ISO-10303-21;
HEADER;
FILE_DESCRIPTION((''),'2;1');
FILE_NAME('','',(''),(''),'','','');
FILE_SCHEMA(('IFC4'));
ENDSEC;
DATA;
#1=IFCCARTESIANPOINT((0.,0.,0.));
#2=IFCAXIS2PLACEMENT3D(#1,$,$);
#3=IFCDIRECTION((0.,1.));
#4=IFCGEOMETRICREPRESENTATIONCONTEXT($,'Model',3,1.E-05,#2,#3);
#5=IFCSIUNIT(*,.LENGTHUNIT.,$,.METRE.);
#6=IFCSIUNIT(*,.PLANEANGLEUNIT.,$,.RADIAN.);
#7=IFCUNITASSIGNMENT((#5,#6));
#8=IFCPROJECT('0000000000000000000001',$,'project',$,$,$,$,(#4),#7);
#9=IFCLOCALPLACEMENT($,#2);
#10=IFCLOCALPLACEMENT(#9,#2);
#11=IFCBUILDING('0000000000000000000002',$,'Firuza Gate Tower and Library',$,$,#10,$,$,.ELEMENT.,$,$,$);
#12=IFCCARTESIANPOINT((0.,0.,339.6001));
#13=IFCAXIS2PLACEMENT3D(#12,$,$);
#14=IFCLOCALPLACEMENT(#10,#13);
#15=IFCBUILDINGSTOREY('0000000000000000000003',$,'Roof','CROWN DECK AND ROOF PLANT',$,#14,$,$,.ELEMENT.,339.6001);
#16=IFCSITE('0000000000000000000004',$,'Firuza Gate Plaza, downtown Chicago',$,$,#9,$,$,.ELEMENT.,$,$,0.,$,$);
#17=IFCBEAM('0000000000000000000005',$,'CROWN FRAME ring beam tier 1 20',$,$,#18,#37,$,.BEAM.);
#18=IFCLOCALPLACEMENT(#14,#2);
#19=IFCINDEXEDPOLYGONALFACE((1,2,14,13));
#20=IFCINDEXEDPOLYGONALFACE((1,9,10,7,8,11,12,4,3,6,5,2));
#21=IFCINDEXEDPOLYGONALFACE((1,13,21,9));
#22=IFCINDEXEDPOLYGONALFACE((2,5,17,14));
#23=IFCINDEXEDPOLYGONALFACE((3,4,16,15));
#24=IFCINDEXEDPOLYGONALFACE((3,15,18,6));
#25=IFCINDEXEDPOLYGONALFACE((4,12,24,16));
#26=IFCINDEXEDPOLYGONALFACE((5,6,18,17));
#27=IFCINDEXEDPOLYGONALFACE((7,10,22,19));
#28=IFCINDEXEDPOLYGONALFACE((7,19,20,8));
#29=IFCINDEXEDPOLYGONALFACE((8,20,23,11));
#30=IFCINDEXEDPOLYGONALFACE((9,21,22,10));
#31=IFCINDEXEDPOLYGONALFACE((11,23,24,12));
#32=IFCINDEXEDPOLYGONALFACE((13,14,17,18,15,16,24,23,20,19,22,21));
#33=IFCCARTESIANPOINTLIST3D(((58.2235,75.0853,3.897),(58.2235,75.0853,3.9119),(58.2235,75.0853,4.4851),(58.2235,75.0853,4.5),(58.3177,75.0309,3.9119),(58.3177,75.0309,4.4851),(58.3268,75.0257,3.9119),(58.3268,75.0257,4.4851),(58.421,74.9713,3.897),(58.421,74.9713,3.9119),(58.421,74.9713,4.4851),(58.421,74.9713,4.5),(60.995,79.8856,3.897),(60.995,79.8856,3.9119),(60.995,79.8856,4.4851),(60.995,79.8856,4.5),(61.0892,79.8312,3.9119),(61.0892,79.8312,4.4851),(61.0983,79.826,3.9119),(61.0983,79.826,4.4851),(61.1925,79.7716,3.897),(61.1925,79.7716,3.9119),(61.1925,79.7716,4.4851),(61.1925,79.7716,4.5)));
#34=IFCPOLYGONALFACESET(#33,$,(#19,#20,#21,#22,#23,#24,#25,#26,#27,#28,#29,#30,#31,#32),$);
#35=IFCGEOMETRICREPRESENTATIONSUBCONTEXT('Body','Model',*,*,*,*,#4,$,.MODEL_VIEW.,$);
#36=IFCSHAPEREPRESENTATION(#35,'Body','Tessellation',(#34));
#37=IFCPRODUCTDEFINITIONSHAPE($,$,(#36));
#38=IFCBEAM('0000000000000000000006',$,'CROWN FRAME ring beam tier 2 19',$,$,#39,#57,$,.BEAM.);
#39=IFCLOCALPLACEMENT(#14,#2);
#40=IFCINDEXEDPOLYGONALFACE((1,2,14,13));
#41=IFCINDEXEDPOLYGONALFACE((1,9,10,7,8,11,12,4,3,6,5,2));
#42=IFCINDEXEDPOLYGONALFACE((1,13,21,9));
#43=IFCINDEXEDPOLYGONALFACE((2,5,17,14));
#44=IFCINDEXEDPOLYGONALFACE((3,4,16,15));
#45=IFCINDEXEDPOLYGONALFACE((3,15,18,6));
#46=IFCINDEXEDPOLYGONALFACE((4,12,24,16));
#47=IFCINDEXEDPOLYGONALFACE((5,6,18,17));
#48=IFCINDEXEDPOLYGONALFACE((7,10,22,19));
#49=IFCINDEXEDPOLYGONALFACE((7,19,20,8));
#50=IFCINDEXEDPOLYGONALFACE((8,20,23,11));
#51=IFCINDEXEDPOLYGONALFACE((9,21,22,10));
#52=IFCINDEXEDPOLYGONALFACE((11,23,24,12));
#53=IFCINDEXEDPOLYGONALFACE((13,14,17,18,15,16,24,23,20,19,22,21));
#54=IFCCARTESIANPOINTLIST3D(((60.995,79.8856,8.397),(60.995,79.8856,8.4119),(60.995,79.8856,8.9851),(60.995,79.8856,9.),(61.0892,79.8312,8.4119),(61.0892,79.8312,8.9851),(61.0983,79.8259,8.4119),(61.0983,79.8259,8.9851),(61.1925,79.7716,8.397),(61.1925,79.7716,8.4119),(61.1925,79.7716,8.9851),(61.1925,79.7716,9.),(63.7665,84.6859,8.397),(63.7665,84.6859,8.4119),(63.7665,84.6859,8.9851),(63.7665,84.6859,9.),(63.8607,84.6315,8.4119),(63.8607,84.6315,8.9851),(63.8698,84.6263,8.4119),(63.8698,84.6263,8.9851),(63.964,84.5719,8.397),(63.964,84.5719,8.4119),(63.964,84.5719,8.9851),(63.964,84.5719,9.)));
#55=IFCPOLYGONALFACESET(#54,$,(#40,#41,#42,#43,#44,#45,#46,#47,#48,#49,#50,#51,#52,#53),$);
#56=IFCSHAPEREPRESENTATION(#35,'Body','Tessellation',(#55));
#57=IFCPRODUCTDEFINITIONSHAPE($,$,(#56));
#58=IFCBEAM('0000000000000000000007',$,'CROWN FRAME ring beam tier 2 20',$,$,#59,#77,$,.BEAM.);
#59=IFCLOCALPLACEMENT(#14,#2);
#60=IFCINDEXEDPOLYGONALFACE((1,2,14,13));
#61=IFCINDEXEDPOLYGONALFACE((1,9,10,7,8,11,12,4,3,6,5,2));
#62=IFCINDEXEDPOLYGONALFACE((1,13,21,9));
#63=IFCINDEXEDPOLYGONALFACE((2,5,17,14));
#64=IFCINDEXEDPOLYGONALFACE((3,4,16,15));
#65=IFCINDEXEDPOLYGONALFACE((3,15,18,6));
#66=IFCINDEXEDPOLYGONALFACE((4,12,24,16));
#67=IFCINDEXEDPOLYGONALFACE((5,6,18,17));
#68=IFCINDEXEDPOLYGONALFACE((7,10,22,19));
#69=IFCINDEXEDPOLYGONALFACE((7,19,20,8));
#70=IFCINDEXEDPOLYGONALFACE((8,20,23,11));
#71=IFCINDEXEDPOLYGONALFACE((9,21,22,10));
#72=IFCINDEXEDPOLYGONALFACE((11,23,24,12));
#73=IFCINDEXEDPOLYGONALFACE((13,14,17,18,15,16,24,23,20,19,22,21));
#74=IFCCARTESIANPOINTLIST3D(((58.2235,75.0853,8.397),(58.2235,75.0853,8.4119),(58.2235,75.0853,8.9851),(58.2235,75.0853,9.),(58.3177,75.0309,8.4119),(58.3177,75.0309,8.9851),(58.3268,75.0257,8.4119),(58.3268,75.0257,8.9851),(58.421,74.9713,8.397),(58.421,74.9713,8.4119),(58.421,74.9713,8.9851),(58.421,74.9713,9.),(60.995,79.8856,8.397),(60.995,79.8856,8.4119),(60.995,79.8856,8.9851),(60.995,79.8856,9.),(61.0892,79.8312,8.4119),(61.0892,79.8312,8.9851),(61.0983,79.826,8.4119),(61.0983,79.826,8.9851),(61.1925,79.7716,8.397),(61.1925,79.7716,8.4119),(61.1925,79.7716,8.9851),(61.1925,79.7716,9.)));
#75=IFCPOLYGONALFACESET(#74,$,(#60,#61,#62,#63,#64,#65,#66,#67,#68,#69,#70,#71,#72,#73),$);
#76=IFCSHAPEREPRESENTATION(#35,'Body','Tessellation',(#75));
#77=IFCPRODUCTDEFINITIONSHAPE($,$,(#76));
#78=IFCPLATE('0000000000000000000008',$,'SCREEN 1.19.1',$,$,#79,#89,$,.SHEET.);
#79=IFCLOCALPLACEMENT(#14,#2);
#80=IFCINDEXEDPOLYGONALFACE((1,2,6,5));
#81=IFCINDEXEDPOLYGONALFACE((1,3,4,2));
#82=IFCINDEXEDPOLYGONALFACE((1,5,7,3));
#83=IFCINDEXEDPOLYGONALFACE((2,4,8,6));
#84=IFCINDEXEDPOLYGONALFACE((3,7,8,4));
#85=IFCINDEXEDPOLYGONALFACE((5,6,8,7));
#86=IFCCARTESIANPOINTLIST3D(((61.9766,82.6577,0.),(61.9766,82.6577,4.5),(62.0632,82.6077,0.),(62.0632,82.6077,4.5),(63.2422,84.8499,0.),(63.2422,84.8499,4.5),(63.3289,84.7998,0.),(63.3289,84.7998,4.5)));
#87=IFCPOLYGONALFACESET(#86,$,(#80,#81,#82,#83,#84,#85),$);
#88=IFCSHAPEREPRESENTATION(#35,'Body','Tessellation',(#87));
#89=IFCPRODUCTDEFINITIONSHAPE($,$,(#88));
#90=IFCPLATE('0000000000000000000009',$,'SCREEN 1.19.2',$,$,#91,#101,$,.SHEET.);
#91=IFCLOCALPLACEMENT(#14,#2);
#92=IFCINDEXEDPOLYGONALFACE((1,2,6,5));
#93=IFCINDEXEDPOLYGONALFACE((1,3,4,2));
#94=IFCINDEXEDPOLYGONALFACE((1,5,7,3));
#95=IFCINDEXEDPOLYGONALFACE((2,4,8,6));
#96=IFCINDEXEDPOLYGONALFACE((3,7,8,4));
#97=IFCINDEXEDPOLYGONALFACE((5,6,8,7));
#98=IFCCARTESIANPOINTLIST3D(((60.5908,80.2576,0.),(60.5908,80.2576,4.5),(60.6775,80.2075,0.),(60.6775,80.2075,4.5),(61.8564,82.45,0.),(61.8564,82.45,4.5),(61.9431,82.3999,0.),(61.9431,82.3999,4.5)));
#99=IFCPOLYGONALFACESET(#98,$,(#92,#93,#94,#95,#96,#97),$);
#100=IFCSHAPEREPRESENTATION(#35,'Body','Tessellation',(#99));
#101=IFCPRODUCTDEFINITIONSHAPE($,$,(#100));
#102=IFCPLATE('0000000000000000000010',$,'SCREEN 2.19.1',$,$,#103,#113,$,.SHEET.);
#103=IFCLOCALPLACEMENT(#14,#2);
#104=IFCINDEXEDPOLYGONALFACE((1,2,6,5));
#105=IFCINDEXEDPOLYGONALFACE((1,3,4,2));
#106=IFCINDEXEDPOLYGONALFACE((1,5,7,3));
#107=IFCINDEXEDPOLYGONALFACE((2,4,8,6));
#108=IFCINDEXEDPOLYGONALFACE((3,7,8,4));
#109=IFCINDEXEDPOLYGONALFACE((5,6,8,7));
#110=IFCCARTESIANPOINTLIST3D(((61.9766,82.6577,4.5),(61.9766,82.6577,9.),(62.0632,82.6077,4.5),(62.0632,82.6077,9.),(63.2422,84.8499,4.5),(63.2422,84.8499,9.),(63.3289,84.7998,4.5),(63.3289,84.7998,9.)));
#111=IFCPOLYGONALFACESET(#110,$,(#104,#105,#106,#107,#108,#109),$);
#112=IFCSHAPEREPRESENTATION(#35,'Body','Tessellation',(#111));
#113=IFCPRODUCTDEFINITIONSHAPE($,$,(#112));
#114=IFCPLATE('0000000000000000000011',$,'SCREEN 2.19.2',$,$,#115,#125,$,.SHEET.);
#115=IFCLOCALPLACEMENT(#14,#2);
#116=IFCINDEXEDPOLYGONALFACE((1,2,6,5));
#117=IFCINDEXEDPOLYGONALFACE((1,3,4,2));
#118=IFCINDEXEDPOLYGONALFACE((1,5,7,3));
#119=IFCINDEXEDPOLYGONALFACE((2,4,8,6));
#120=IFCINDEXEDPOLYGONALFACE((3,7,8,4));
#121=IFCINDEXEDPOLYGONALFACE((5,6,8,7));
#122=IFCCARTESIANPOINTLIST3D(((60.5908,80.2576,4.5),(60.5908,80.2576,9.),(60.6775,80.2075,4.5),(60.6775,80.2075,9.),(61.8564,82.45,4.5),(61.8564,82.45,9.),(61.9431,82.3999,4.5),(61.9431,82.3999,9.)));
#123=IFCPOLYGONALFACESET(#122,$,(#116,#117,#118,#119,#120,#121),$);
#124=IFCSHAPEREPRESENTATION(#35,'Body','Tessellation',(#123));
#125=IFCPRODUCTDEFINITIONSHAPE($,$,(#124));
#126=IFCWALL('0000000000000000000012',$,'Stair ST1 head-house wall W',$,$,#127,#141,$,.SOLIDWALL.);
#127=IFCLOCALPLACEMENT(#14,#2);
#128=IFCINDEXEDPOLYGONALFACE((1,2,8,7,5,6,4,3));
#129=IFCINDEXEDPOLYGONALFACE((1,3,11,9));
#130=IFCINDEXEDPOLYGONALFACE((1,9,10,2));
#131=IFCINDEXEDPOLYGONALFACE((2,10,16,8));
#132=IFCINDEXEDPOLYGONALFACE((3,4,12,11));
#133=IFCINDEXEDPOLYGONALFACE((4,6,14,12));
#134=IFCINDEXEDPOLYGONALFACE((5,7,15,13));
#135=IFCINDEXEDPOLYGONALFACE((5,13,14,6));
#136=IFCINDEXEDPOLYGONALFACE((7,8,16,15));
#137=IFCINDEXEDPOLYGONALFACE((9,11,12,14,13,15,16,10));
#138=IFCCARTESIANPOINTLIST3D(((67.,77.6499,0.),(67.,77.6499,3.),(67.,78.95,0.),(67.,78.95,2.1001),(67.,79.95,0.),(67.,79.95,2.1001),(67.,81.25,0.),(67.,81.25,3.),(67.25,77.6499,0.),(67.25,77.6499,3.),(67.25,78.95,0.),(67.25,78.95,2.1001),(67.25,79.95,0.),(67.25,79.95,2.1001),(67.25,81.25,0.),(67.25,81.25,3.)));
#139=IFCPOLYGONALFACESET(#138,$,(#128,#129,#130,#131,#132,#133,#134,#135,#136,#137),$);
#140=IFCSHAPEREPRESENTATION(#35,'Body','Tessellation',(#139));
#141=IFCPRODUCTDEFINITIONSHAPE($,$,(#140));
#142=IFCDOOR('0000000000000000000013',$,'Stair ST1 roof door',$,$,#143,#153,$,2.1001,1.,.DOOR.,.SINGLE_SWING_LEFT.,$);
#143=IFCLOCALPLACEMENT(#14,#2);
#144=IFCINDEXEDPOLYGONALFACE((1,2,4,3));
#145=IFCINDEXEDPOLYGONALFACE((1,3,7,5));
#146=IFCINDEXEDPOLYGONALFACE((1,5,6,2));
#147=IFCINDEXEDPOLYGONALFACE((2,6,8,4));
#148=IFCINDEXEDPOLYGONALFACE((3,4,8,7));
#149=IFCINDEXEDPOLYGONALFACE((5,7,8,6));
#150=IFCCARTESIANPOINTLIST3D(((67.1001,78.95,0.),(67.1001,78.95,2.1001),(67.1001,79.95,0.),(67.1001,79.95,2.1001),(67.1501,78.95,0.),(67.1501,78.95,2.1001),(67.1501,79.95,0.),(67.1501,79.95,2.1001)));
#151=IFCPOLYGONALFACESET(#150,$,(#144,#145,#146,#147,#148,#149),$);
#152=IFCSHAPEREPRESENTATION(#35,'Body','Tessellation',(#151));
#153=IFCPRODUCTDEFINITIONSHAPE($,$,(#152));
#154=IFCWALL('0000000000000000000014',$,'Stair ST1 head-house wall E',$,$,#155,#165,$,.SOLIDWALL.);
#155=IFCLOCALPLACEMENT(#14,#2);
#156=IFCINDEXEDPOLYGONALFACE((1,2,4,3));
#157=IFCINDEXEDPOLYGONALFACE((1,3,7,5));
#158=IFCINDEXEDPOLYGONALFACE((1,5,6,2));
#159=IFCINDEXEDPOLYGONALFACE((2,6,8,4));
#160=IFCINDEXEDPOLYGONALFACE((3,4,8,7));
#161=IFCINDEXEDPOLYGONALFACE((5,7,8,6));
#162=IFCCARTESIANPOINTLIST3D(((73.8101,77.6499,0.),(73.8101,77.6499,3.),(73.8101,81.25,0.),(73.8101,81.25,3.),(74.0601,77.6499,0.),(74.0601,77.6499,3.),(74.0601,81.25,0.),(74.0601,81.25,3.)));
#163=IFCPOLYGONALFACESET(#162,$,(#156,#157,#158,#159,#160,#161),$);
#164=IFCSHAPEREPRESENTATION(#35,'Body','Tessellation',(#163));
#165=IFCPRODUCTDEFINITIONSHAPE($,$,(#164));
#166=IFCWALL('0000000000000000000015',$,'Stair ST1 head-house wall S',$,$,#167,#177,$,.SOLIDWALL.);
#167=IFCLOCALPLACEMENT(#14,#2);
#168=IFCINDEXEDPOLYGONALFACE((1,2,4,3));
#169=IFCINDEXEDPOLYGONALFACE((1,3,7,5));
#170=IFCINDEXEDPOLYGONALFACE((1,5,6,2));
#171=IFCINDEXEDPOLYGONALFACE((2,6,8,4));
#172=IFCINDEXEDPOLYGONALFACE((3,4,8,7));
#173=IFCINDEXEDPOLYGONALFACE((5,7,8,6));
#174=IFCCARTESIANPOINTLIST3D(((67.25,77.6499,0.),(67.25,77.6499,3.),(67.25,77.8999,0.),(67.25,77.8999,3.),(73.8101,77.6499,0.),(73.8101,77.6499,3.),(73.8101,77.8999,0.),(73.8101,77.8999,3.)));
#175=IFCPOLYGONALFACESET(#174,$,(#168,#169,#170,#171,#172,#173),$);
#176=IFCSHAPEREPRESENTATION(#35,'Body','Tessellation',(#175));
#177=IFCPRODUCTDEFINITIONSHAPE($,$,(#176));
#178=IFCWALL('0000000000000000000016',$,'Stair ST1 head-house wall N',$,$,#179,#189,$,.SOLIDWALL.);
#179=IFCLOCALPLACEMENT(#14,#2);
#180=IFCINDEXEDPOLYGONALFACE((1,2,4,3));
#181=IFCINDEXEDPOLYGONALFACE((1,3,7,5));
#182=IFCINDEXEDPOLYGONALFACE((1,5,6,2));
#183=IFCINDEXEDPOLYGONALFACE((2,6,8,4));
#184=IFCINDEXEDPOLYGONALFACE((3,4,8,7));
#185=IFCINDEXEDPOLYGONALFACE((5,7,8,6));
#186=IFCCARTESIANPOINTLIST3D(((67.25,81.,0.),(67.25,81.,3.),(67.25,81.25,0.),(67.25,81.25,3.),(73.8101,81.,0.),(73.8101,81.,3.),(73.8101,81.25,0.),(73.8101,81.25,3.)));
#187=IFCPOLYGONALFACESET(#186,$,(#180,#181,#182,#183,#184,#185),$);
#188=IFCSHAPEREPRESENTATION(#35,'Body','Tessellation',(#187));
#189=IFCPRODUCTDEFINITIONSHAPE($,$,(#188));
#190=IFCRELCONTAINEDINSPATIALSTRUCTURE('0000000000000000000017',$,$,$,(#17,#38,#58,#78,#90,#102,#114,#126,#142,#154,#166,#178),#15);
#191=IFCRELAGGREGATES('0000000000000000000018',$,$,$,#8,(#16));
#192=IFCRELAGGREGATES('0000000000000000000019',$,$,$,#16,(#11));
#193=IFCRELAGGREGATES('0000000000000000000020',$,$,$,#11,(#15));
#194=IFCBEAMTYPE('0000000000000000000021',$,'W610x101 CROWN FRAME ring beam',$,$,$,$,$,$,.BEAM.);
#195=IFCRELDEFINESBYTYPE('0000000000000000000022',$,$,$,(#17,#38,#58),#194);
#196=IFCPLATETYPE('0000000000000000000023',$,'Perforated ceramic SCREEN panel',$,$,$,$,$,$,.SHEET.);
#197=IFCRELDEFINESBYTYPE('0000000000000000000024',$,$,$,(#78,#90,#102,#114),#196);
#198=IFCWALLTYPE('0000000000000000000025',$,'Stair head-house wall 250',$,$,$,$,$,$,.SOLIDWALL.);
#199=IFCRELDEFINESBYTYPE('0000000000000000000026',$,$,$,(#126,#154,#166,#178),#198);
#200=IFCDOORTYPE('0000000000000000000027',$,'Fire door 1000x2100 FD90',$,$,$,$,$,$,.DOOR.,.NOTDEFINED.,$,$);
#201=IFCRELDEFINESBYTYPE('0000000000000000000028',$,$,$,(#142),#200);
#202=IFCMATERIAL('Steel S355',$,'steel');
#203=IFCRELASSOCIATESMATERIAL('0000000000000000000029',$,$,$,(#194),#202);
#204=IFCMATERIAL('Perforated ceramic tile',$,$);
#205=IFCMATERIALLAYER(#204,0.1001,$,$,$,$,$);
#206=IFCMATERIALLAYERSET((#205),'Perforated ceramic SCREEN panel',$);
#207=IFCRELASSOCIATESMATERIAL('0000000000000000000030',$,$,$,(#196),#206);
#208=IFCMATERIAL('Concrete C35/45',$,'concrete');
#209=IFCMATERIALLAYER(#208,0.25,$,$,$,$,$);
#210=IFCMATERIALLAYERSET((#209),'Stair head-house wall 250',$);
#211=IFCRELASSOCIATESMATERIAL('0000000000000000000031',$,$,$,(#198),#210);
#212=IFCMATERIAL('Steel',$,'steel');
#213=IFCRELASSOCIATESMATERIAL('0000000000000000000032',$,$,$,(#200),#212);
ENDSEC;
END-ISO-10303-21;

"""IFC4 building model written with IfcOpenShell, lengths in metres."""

from ifc_helpers import new_model, si_unit, direction, frame, frame_2d, origin, origin_2d, place, context, subcontext, project, spatial, polyline, rectangle, i_section, outline, extrude, material, layer, layer_set, material_profile, profile_set, type_object, element, fill, save


model = new_model("IFC4")

# Units and contexts
model_context = context("Model", 3, precision=1e-05, world=origin(), true_north=direction((0.0, 1.0)))
body_context = subcontext(model_context, "Body", "Model", "MODEL_VIEW")
ifc_project = project(units=[si_unit("LENGTHUNIT", "METRE"), si_unit("PLANEANGLEUNIT", "RADIAN")], contexts=[model_context])

# Site, building, storey
site_placement = place(None, origin())
site = spatial("IfcSite", under=ifc_project, at=site_placement, Name="Firuza Gate Plaza, downtown Chicago", CompositionType="ELEMENT", RefElevation=0.0)
building_placement = place(site_placement, origin())
building = spatial("IfcBuilding", under=site, at=building_placement, Name="Firuza Gate Tower and Library", CompositionType="ELEMENT")
storey_placement = place(building_placement, frame((0.0, 0.0, 339.6001)))
storey = spatial("IfcBuildingStorey", under=building, at=storey_placement, Name="Roof", Description="CROWN DECK AND ROOF PLANT", CompositionType="ELEMENT", Elevation=339.6001)

# Beams
ifc_material_1 = material(Name="Steel S355", Category="steel")
ifc_material_profile_1 = material_profile(ifc_material_1, i_section(OverallWidth=0.228, OverallDepth=0.603, WebThickness=0.0105, FlangeThickness=0.0149, at=origin_2d()))
ifc_profile_set_1 = profile_set([ifc_material_profile_1], Name="Steel S355")
beam_type = type_object("IfcBeamType", Name="W610x101 CROWN FRAME ring beam", PredefinedType="BEAM", material=ifc_profile_set_1)
for number, where, z_axis, x_axis, name in (
    (1, (61.0938, 79.8286, 4.1985), (-0.500005, -0.866023, 0.0), (0.866023, -0.500005, 0.0), "CROWN FRAME ring beam tier 1 20"),
    (2, (63.8652, 84.6289, 8.6985), (-0.500005, -0.866023, 0.0), (0.866023, -0.500005, 0.0), "CROWN FRAME ring beam tier 2 19"),
    (3, (61.0938, 79.8286, 8.6985), (-0.500005, -0.866023, 0.0), (0.866023, -0.500005, 0.0), "CROWN FRAME ring beam tier 2 20"),
):
    element("IfcBeam", number, at=place(storey_placement, frame(where, z_axis=z_axis, x_axis=x_axis)), inside=storey, type_object=beam_type, Name=name, PredefinedType="BEAM", context=body_context, shape_type="SweptSolid", body=[
        extrude(i_section(OverallWidth=0.228, OverallDepth=0.603, WebThickness=0.0105, FlangeThickness=0.0149, at=origin_2d()), origin(), (0.0, 0.0, 1.0), 5.543),
    ])

# Plates
ifc_material_2 = material(Name="Perforated ceramic tile")
ifc_layer_1 = layer(ifc_material_2, 0.1001)
ifc_layer_set_1 = layer_set([ifc_layer_1], Name="Perforated ceramic SCREEN panel")
plate_type = type_object("IfcPlateType", Name="Perforated ceramic SCREEN panel", PredefinedType="SHEET", material=ifc_layer_set_1)
plate_1_placement = place(storey_placement, frame((63.2422, 84.8499, 0.0), z_axis=(-0.866027, 0.499998, 0.0), x_axis=(-0.499998, -0.866027, 0.0)))
element("IfcPlate", 4, at=plate_1_placement, inside=storey, type_object=plate_type, Name="SCREEN 1.19.1", PredefinedType="SHEET", context=body_context, shape_type="SweptSolid", body=[
    extrude(outline(polyline([(0.0, 0.0), (2.5313, 0.0), (2.5313, 4.5), (0.0, 4.5), (0.0, 0.0)])), origin(), (0.0, 0.0, -1.0), 0.1001),
])
plate_2_placement = place(storey_placement, frame((61.8564, 82.45, 0.0), z_axis=(-0.866051, 0.499956, 0.0), x_axis=(-0.499956, -0.866051, 0.0)))
element("IfcPlate", 5, at=plate_2_placement, inside=storey, type_object=plate_type, Name="SCREEN 1.19.2", PredefinedType="SHEET", context=body_context, shape_type="SweptSolid", body=[
    extrude(outline(polyline([(0.0, 0.0), (2.5315, 0.0), (2.5315, 4.5), (0.0, 4.5), (0.0, 0.0)])), origin(), (0.0, 0.0, -1.0), 0.1001),
])
plate_3_placement = place(storey_placement, frame((63.2422, 84.8499, 4.5), z_axis=(-0.866027, 0.499998, 0.0), x_axis=(-0.499998, -0.866027, 0.0)))
element("IfcPlate", 6, at=plate_3_placement, inside=storey, type_object=plate_type, Name="SCREEN 2.19.1", PredefinedType="SHEET", context=body_context, shape_type="SweptSolid", body=[
    extrude(outline(polyline([(0.0, 0.0), (2.5313, 0.0), (2.5313, 4.5), (0.0, 4.5), (0.0, 0.0)])), origin(), (0.0, 0.0, -1.0), 0.1001),
])
plate_4_placement = place(storey_placement, frame((61.8564, 82.45, 4.5), z_axis=(-0.866051, 0.499956, 0.0), x_axis=(-0.499956, -0.866051, 0.0)))
element("IfcPlate", 7, at=plate_4_placement, inside=storey, type_object=plate_type, Name="SCREEN 2.19.2", PredefinedType="SHEET", context=body_context, shape_type="SweptSolid", body=[
    extrude(outline(polyline([(0.0, 0.0), (2.5315, 0.0), (2.5315, 4.5), (0.0, 4.5), (0.0, 0.0)])), origin(), (0.0, 0.0, -1.0), 0.1001),
])

# Wall, opening, door
ifc_material_3 = material(Name="Concrete C35/45", Category="concrete")
ifc_layer_2 = layer(ifc_material_3, 0.25)
ifc_layer_set_2 = layer_set([ifc_layer_2], Name="Stair head-house wall 250")
wall_type = type_object("IfcWallType", Name="Stair head-house wall 250", PredefinedType="SOLIDWALL", material=ifc_layer_set_2)
wall_1_placement = place(storey_placement, frame((67.125, 77.6499, 0.0), z_axis=(0.0, 0.0, 1.0), x_axis=(0.0, 1.0, 0.0)))
wall_1 = element("IfcWall", 8, at=wall_1_placement, inside=storey, type_object=wall_type, Name="Stair ST1 head-house wall W", PredefinedType="SOLIDWALL", context=body_context, shape_type="SweptSolid", body=[
    extrude(rectangle(XDim=3.6001, YDim=0.25, at=frame_2d((1.8, 0.0))), origin(), (0.0, 0.0, 1.0), 3.0),
])
opening_placement = place(wall_1_placement, frame((1.3, 0.0, 0.0)))
opening = element("IfcOpeningElement", 9, at=opening_placement, cuts=wall_1, PredefinedType="OPENING", context=body_context, shape_type="SweptSolid", body=[
    extrude(rectangle(XDim=1.0, YDim=2.1001, at=frame_2d((0.5, 1.05))), frame((0.0, 0.135, 0.0), z_axis=(0.0, -1.0, 0.0), x_axis=(1.0, 0.0, 0.0)), (0.0, 0.0, 1.0), 0.27),
])
ifc_material_4 = material(Name="Steel", Category="steel")
door_type = type_object("IfcDoorType", Name="Fire door 1000x2100 FD90", OperationType="NOTDEFINED", PredefinedType="DOOR", material=ifc_material_4)
door_placement = place(opening_placement, origin())
door = element("IfcDoor", 10, at=door_placement, inside=storey, type_object=door_type, Name="Stair ST1 roof door", OperationType="SINGLE_SWING_LEFT", OverallHeight=2.1001, OverallWidth=1.0, PredefinedType="DOOR", context=body_context, shape_type="SweptSolid", body=[
    extrude(rectangle(XDim=1.0, YDim=2.1001, at=frame_2d((0.5, 1.05))), frame((0.0, 0.0249, 0.0), z_axis=(0.0, -1.0, 0.0), x_axis=(1.0, 0.0, 0.0)), (0.0, 0.0, 1.0), 0.05),
])
fill(opening, door)

# Walls
wall_2_placement = place(storey_placement, frame((73.9351, 77.6499, 0.0), z_axis=(0.0, 0.0, 1.0), x_axis=(0.0, 1.0, 0.0)))
element("IfcWall", 11, at=wall_2_placement, inside=storey, type_object=wall_type, Name="Stair ST1 head-house wall E", PredefinedType="SOLIDWALL", context=body_context, shape_type="SweptSolid", body=[
    extrude(rectangle(XDim=3.6001, YDim=0.25, at=frame_2d((1.8, 0.0))), origin(), (0.0, 0.0, 1.0), 3.0),
])
for number, where, z_axis, x_axis, name in (
    (12, (67.25, 77.7749, 0.0), (0.0, 0.0, 1.0), (1.0, 0.0, 0.0), "Stair ST1 head-house wall S"),
    (13, (67.25, 81.125, 0.0), (0.0, 0.0, 1.0), (1.0, 0.0, 0.0), "Stair ST1 head-house wall N"),
):
    element("IfcWall", number, at=place(storey_placement, frame(where, z_axis=z_axis, x_axis=x_axis)), inside=storey, type_object=wall_type, Name=name, PredefinedType="SOLIDWALL", context=body_context, shape_type="SweptSolid", body=[
        extrude(rectangle(XDim=6.5601, YDim=0.25, at=frame_2d((3.28, 0.0))), origin(), (0.0, 0.0, 1.0), 3.0),
    ])

save(model, "model.ifc")
